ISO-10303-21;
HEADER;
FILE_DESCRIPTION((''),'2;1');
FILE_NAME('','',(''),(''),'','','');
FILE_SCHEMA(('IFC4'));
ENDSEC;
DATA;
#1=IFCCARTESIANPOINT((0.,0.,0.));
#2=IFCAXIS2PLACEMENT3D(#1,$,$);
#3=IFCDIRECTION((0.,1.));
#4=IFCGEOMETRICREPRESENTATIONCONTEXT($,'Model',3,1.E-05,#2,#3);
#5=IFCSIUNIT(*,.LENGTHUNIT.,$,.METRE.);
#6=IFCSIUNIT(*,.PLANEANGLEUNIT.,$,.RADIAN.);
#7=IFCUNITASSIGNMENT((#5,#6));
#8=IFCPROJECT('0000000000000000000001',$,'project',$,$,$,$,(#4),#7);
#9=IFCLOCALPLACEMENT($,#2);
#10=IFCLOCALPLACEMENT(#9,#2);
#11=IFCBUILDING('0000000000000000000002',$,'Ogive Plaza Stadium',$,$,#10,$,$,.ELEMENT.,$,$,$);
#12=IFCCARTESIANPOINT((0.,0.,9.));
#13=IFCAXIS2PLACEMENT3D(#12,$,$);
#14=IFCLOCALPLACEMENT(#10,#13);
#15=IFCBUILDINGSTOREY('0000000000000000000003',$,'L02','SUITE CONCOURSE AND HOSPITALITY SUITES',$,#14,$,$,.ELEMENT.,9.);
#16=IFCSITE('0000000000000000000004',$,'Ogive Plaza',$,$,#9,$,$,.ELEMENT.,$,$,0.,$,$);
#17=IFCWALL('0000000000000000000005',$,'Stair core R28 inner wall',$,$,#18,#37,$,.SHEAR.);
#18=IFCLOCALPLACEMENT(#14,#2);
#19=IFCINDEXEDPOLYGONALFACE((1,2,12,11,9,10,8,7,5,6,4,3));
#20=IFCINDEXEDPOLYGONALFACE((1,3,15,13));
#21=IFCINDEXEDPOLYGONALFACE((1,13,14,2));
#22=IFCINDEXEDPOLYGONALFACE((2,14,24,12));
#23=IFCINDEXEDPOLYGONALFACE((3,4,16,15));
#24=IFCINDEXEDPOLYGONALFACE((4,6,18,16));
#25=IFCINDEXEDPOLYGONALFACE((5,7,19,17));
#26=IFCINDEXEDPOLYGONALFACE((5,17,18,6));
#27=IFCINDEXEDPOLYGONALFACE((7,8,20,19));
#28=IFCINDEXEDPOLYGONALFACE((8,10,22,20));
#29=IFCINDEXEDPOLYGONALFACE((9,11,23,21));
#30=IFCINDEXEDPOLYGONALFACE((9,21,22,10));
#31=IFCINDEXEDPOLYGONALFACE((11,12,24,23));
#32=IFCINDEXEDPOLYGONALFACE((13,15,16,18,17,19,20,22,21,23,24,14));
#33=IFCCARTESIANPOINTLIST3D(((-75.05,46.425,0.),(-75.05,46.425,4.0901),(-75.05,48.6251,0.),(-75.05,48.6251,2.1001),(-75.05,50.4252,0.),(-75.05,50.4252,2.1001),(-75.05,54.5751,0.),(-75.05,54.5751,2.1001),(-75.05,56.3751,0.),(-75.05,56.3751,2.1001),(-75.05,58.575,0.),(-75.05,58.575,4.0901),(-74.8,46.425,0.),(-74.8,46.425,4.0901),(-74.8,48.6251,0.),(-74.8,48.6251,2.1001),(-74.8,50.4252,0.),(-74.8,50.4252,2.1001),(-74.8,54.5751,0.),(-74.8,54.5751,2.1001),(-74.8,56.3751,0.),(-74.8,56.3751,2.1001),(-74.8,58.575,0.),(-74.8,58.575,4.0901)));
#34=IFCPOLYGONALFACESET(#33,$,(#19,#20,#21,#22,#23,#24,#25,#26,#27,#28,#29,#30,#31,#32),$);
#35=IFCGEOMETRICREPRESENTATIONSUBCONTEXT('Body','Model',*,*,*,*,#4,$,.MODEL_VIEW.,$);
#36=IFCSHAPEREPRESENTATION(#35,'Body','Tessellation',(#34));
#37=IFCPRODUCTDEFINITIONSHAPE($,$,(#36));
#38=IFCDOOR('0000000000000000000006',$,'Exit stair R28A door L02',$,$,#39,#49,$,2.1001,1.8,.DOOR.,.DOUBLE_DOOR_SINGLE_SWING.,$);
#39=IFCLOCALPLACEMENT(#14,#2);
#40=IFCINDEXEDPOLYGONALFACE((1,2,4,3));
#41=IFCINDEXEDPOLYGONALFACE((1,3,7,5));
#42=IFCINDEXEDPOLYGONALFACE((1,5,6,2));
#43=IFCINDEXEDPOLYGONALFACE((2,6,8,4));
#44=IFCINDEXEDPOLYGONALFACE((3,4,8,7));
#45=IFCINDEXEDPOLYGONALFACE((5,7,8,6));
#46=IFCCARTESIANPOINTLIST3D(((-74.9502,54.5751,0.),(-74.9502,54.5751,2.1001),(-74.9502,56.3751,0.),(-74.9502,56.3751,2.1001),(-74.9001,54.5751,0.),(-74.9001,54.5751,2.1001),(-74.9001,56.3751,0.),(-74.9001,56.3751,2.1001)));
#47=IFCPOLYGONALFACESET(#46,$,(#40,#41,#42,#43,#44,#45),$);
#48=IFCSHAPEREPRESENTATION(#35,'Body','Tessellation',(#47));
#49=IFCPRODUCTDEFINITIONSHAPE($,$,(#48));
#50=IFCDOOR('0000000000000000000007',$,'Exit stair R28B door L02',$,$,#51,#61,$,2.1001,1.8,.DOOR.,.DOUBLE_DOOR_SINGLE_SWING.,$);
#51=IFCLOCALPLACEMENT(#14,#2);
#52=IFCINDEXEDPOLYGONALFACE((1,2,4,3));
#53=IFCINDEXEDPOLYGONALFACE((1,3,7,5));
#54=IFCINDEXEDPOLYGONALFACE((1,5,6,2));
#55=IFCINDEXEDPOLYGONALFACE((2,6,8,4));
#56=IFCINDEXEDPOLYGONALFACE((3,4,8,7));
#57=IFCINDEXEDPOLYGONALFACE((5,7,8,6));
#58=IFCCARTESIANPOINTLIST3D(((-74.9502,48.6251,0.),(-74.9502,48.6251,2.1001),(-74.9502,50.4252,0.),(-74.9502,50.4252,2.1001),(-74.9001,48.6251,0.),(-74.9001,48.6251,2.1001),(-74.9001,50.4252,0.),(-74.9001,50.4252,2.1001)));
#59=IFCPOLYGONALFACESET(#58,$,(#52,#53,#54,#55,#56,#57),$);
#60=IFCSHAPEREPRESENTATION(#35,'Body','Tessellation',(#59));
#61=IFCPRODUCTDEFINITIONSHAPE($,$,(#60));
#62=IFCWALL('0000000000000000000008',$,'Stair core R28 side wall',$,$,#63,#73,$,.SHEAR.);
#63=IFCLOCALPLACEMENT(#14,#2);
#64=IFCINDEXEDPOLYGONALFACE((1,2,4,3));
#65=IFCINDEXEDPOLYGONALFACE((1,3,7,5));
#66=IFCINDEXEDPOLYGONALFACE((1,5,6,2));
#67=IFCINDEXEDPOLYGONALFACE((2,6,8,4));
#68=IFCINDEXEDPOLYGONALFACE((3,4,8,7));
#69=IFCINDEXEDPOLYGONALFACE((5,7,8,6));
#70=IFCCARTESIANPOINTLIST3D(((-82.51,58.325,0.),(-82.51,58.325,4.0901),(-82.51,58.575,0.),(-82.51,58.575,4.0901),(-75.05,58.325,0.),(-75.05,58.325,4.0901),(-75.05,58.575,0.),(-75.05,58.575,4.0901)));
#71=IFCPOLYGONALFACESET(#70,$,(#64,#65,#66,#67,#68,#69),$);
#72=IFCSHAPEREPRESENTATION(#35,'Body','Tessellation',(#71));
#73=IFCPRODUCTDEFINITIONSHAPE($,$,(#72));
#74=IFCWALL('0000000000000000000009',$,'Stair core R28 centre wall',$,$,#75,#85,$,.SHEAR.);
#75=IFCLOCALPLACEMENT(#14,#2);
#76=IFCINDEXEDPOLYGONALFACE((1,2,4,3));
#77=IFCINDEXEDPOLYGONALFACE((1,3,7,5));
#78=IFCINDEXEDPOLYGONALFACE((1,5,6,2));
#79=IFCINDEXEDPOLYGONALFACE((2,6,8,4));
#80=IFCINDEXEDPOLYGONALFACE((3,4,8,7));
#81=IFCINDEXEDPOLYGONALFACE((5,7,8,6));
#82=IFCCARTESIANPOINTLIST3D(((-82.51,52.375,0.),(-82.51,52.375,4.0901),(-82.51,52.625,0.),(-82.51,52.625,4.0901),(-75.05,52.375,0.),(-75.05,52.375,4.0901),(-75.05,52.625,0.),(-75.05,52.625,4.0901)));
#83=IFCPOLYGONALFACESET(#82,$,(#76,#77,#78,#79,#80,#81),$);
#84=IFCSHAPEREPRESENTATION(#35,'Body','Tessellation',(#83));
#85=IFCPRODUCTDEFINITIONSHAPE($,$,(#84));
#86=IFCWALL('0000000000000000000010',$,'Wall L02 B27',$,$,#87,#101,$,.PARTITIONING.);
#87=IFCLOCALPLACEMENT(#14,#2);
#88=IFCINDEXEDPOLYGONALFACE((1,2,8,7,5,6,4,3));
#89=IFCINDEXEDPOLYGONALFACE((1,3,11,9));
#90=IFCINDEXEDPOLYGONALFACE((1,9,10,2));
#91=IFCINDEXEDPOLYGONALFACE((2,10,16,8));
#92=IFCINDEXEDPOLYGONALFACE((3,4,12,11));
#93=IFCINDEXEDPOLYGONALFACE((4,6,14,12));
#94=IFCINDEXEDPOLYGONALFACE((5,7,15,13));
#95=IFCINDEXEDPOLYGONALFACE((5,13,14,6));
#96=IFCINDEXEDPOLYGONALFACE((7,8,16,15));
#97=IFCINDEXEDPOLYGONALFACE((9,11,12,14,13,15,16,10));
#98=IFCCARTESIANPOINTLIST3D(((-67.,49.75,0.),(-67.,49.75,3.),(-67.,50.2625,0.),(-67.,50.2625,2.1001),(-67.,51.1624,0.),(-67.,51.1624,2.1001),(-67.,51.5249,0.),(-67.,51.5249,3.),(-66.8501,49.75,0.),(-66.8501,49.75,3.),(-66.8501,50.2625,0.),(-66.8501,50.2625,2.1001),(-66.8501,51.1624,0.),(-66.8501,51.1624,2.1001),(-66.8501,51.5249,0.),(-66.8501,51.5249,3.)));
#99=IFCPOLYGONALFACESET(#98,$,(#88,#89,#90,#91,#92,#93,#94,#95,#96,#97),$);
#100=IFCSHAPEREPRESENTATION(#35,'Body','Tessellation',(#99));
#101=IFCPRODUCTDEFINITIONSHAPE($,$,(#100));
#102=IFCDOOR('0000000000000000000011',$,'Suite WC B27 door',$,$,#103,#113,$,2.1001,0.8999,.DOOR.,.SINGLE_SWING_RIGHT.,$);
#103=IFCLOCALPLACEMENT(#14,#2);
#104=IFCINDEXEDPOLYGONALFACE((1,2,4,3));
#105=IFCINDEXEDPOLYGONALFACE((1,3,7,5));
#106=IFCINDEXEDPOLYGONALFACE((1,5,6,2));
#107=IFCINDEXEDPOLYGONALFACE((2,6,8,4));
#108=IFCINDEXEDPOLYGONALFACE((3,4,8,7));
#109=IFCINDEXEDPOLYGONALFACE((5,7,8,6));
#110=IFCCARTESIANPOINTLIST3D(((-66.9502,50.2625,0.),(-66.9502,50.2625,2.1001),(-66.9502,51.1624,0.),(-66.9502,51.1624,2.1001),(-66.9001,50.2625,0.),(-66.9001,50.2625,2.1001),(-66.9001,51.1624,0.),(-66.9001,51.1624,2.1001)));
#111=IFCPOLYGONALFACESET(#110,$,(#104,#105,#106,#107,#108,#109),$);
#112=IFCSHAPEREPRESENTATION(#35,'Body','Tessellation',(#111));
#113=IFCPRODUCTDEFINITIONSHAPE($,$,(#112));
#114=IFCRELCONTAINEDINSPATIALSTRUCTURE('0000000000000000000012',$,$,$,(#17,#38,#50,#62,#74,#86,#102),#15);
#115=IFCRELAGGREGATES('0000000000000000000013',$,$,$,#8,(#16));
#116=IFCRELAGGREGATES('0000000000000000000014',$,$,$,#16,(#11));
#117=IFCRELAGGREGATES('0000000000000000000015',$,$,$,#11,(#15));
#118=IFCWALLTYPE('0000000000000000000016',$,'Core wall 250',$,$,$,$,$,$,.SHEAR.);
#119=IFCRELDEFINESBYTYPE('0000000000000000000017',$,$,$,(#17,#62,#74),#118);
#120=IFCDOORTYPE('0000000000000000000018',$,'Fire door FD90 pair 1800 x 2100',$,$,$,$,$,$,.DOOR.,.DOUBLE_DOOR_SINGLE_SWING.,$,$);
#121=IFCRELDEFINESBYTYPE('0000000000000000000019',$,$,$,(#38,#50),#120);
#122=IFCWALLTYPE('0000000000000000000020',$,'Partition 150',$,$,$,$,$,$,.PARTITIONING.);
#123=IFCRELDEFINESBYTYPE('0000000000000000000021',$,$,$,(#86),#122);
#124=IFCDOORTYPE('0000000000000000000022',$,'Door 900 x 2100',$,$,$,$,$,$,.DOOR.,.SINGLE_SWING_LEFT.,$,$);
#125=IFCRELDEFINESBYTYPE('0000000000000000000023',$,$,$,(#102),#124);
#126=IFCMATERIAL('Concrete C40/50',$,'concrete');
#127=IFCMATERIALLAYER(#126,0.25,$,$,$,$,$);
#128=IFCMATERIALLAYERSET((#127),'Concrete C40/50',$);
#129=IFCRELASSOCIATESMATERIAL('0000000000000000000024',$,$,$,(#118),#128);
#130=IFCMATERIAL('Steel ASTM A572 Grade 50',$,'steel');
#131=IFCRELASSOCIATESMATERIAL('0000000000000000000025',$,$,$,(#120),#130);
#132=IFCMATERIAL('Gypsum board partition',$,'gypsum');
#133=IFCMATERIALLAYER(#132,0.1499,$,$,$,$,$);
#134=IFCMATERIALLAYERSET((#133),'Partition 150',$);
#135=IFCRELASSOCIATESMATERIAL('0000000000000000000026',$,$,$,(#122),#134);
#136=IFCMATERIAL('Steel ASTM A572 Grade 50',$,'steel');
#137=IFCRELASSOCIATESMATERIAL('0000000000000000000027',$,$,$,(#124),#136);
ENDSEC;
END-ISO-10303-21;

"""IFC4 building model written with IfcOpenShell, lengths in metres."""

from ifc_helpers import new_model, si_unit, direction, frame, frame_2d, origin, place, context, subcontext, project, spatial, rectangle, extrude, material, layer, layer_set, type_object, element, fill, save


model = new_model("IFC4")

# Units and contexts
model_context = context("Model", 3, precision=1e-05, world=origin(), true_north=direction((0.0, 1.0)))
body_context = subcontext(model_context, "Body", "Model", "MODEL_VIEW")
ifc_project = project(units=[si_unit("LENGTHUNIT", "METRE"), si_unit("PLANEANGLEUNIT", "RADIAN")], contexts=[model_context])

# Site, building, storey
site_placement = place(None, origin())
site = spatial("IfcSite", under=ifc_project, at=site_placement, Name="Ogive Plaza", CompositionType="ELEMENT", RefElevation=0.0)
building_placement = place(site_placement, origin())
building = spatial("IfcBuilding", under=site, at=building_placement, Name="Ogive Plaza Stadium", CompositionType="ELEMENT")
storey_placement = place(building_placement, frame((0.0, 0.0, 9.0)))
storey = spatial("IfcBuildingStorey", under=building, at=storey_placement, Name="L02", Description="SUITE CONCOURSE AND HOSPITALITY SUITES", CompositionType="ELEMENT", Elevation=9.0)

# Wall, openings, doors
ifc_material_1 = material(Name="Concrete C40/50", Category="concrete")
ifc_layer_1 = layer(ifc_material_1, 0.25)
ifc_layer_set_1 = layer_set([ifc_layer_1], Name="Concrete C40/50")
wall_type_1 = type_object("IfcWallType", Name="Core wall 250", PredefinedType="SHEAR", material=ifc_layer_set_1)
wall_1_placement = place(storey_placement, frame((-74.925, 58.575, 0.0), z_axis=(0.0, 0.0, 1.0), x_axis=(0.0, -1.0, 0.0)))
wall_1 = element("IfcWall", 1, at=wall_1_placement, inside=storey, type_object=wall_type_1, Name="Stair core R28 inner wall", PredefinedType="SHEAR", context=body_context, shape_type="SweptSolid", body=[
    extrude(rectangle(XDim=12.1499, YDim=0.25, at=frame_2d((6.075, 0.0))), origin(), (0.0, 0.0, 1.0), 4.0901),
])
opening_1_placement = place(wall_1_placement, frame((2.2, 0.0, 0.0)))
opening_1 = element("IfcOpeningElement", 2, at=opening_1_placement, cuts=wall_1, PredefinedType="OPENING", context=body_context, shape_type="SweptSolid", body=[
    extrude(rectangle(XDim=1.8, YDim=2.1001, at=frame_2d((0.8999, 1.05))), frame((0.0, 0.125, 0.0), z_axis=(0.0, -1.0, 0.0), x_axis=(1.0, 0.0, 0.0)), (0.0, 0.0, 1.0), 0.25),
])
opening_2_placement = place(wall_1_placement, frame((8.1499, 0.0, 0.0)))
opening_2 = element("IfcOpeningElement", 3, at=opening_2_placement, cuts=wall_1, PredefinedType="OPENING", context=body_context, shape_type="SweptSolid", body=[
    extrude(rectangle(XDim=1.8, YDim=2.1001, at=frame_2d((0.8999, 1.05))), frame((0.0, 0.125, 0.0), z_axis=(0.0, -1.0, 0.0), x_axis=(1.0, 0.0, 0.0)), (0.0, 0.0, 1.0), 0.25),
])
ifc_material_2 = material(Name="Steel ASTM A572 Grade 50", Category="steel")
door_type_1 = type_object("IfcDoorType", Name="Fire door FD90 pair 1800 x 2100", OperationType="DOUBLE_DOOR_SINGLE_SWING", PredefinedType="DOOR", material=ifc_material_2)
door_1_placement = place(opening_1_placement, origin())
door_1 = element("IfcDoor", 4, at=door_1_placement, inside=storey, type_object=door_type_1, Name="Exit stair R28A door L02", OperationType="DOUBLE_DOOR_SINGLE_SWING", OverallHeight=2.1001, OverallWidth=1.8, PredefinedType="DOOR", context=body_context, shape_type="SweptSolid", body=[
    extrude(rectangle(XDim=1.8, YDim=2.1001, at=frame_2d((0.8999, 1.05))), frame((0.0, 0.0249, 0.0), z_axis=(0.0, -1.0, 0.0), x_axis=(1.0, 0.0, 0.0)), (0.0, 0.0, 1.0), 0.05),
])
fill(opening_1, door_1)
door_2_placement = place(opening_2_placement, origin())
door_2 = element("IfcDoor", 5, at=door_2_placement, inside=storey, type_object=door_type_1, Name="Exit stair R28B door L02", OperationType="DOUBLE_DOOR_SINGLE_SWING", OverallHeight=2.1001, OverallWidth=1.8, PredefinedType="DOOR", context=body_context, shape_type="SweptSolid", body=[
    extrude(rectangle(XDim=1.8, YDim=2.1001, at=frame_2d((0.8999, 1.05))), frame((0.0, 0.0249, 0.0), z_axis=(0.0, -1.0, 0.0), x_axis=(1.0, 0.0, 0.0)), (0.0, 0.0, 1.0), 0.05),
])
fill(opening_2, door_2)

# Walls
for number, where, z_axis, x_axis, name in (
    (6, (-75.05, 58.45, 0.0), (0.0, 0.0, 1.0), (-1.0, 0.0, 0.0), "Stair core R28 side wall"),
    (7, (-75.05, 52.5, 0.0), (0.0, 0.0, 1.0), (-1.0, 0.0, 0.0), "Stair core R28 centre wall"),
):
    element("IfcWall", number, at=place(storey_placement, frame(where, z_axis=z_axis, x_axis=x_axis)), inside=storey, type_object=wall_type_1, Name=name, PredefinedType="SHEAR", context=body_context, shape_type="SweptSolid", body=[
        extrude(rectangle(XDim=7.46, YDim=0.25, at=frame_2d((3.73, 0.0))), origin(), (0.0, 0.0, 1.0), 4.0901),
    ])

# Wall, opening, door
ifc_material_3 = material(Name="Gypsum board partition", Category="gypsum")
ifc_layer_2 = layer(ifc_material_3, 0.1499)
ifc_layer_set_2 = layer_set([ifc_layer_2], Name="Partition 150")
wall_type_2 = type_object("IfcWallType", Name="Partition 150", PredefinedType="PARTITIONING", material=ifc_layer_set_2)
wall_2_placement = place(storey_placement, frame((-66.925, 51.5249, 0.0), z_axis=(0.0, 0.0, 1.0), x_axis=(0.0, -1.0, 0.0)))
wall_2 = element("IfcWall", 8, at=wall_2_placement, inside=storey, type_object=wall_type_2, Name="Wall L02 B27", PredefinedType="PARTITIONING", context=body_context, shape_type="SweptSolid", body=[
    extrude(rectangle(XDim=1.7749, YDim=0.1499, at=frame_2d((0.8875, 0.0))), origin(), (0.0, 0.0, 1.0), 3.0),
])
opening_3_placement = place(wall_2_placement, frame((0.3625, 0.0, 0.0)))
opening_3 = element("IfcOpeningElement", 9, at=opening_3_placement, cuts=wall_2, PredefinedType="OPENING", context=body_context, shape_type="SweptSolid", body=[
    extrude(rectangle(XDim=0.8999, YDim=2.1001, at=frame_2d((0.45, 1.05))), frame((0.0, 0.075, 0.0), z_axis=(0.0, -1.0, 0.0), x_axis=(1.0, 0.0, 0.0)), (0.0, 0.0, 1.0), 0.1499),
])
ifc_material_4 = material(Name="Steel ASTM A572 Grade 50", Category="steel")
door_type_2 = type_object("IfcDoorType", Name="Door 900 x 2100", OperationType="SINGLE_SWING_LEFT", PredefinedType="DOOR", material=ifc_material_4)
door_3_placement = place(opening_3_placement, origin())
door_3 = element("IfcDoor", 10, at=door_3_placement, inside=storey, type_object=door_type_2, Name="Suite WC B27 door", OperationType="SINGLE_SWING_RIGHT", OverallHeight=2.1001, OverallWidth=0.8999, PredefinedType="DOOR", context=body_context, shape_type="SweptSolid", body=[
    extrude(rectangle(XDim=0.8999, YDim=2.1001, at=frame_2d((0.45, 1.05))), frame((0.0, 0.0249, 0.0), z_axis=(0.0, -1.0, 0.0), x_axis=(1.0, 0.0, 0.0)), (0.0, 0.0, 1.0), 0.05),
])
fill(opening_3, door_3)

save(model, "model.ifc")
